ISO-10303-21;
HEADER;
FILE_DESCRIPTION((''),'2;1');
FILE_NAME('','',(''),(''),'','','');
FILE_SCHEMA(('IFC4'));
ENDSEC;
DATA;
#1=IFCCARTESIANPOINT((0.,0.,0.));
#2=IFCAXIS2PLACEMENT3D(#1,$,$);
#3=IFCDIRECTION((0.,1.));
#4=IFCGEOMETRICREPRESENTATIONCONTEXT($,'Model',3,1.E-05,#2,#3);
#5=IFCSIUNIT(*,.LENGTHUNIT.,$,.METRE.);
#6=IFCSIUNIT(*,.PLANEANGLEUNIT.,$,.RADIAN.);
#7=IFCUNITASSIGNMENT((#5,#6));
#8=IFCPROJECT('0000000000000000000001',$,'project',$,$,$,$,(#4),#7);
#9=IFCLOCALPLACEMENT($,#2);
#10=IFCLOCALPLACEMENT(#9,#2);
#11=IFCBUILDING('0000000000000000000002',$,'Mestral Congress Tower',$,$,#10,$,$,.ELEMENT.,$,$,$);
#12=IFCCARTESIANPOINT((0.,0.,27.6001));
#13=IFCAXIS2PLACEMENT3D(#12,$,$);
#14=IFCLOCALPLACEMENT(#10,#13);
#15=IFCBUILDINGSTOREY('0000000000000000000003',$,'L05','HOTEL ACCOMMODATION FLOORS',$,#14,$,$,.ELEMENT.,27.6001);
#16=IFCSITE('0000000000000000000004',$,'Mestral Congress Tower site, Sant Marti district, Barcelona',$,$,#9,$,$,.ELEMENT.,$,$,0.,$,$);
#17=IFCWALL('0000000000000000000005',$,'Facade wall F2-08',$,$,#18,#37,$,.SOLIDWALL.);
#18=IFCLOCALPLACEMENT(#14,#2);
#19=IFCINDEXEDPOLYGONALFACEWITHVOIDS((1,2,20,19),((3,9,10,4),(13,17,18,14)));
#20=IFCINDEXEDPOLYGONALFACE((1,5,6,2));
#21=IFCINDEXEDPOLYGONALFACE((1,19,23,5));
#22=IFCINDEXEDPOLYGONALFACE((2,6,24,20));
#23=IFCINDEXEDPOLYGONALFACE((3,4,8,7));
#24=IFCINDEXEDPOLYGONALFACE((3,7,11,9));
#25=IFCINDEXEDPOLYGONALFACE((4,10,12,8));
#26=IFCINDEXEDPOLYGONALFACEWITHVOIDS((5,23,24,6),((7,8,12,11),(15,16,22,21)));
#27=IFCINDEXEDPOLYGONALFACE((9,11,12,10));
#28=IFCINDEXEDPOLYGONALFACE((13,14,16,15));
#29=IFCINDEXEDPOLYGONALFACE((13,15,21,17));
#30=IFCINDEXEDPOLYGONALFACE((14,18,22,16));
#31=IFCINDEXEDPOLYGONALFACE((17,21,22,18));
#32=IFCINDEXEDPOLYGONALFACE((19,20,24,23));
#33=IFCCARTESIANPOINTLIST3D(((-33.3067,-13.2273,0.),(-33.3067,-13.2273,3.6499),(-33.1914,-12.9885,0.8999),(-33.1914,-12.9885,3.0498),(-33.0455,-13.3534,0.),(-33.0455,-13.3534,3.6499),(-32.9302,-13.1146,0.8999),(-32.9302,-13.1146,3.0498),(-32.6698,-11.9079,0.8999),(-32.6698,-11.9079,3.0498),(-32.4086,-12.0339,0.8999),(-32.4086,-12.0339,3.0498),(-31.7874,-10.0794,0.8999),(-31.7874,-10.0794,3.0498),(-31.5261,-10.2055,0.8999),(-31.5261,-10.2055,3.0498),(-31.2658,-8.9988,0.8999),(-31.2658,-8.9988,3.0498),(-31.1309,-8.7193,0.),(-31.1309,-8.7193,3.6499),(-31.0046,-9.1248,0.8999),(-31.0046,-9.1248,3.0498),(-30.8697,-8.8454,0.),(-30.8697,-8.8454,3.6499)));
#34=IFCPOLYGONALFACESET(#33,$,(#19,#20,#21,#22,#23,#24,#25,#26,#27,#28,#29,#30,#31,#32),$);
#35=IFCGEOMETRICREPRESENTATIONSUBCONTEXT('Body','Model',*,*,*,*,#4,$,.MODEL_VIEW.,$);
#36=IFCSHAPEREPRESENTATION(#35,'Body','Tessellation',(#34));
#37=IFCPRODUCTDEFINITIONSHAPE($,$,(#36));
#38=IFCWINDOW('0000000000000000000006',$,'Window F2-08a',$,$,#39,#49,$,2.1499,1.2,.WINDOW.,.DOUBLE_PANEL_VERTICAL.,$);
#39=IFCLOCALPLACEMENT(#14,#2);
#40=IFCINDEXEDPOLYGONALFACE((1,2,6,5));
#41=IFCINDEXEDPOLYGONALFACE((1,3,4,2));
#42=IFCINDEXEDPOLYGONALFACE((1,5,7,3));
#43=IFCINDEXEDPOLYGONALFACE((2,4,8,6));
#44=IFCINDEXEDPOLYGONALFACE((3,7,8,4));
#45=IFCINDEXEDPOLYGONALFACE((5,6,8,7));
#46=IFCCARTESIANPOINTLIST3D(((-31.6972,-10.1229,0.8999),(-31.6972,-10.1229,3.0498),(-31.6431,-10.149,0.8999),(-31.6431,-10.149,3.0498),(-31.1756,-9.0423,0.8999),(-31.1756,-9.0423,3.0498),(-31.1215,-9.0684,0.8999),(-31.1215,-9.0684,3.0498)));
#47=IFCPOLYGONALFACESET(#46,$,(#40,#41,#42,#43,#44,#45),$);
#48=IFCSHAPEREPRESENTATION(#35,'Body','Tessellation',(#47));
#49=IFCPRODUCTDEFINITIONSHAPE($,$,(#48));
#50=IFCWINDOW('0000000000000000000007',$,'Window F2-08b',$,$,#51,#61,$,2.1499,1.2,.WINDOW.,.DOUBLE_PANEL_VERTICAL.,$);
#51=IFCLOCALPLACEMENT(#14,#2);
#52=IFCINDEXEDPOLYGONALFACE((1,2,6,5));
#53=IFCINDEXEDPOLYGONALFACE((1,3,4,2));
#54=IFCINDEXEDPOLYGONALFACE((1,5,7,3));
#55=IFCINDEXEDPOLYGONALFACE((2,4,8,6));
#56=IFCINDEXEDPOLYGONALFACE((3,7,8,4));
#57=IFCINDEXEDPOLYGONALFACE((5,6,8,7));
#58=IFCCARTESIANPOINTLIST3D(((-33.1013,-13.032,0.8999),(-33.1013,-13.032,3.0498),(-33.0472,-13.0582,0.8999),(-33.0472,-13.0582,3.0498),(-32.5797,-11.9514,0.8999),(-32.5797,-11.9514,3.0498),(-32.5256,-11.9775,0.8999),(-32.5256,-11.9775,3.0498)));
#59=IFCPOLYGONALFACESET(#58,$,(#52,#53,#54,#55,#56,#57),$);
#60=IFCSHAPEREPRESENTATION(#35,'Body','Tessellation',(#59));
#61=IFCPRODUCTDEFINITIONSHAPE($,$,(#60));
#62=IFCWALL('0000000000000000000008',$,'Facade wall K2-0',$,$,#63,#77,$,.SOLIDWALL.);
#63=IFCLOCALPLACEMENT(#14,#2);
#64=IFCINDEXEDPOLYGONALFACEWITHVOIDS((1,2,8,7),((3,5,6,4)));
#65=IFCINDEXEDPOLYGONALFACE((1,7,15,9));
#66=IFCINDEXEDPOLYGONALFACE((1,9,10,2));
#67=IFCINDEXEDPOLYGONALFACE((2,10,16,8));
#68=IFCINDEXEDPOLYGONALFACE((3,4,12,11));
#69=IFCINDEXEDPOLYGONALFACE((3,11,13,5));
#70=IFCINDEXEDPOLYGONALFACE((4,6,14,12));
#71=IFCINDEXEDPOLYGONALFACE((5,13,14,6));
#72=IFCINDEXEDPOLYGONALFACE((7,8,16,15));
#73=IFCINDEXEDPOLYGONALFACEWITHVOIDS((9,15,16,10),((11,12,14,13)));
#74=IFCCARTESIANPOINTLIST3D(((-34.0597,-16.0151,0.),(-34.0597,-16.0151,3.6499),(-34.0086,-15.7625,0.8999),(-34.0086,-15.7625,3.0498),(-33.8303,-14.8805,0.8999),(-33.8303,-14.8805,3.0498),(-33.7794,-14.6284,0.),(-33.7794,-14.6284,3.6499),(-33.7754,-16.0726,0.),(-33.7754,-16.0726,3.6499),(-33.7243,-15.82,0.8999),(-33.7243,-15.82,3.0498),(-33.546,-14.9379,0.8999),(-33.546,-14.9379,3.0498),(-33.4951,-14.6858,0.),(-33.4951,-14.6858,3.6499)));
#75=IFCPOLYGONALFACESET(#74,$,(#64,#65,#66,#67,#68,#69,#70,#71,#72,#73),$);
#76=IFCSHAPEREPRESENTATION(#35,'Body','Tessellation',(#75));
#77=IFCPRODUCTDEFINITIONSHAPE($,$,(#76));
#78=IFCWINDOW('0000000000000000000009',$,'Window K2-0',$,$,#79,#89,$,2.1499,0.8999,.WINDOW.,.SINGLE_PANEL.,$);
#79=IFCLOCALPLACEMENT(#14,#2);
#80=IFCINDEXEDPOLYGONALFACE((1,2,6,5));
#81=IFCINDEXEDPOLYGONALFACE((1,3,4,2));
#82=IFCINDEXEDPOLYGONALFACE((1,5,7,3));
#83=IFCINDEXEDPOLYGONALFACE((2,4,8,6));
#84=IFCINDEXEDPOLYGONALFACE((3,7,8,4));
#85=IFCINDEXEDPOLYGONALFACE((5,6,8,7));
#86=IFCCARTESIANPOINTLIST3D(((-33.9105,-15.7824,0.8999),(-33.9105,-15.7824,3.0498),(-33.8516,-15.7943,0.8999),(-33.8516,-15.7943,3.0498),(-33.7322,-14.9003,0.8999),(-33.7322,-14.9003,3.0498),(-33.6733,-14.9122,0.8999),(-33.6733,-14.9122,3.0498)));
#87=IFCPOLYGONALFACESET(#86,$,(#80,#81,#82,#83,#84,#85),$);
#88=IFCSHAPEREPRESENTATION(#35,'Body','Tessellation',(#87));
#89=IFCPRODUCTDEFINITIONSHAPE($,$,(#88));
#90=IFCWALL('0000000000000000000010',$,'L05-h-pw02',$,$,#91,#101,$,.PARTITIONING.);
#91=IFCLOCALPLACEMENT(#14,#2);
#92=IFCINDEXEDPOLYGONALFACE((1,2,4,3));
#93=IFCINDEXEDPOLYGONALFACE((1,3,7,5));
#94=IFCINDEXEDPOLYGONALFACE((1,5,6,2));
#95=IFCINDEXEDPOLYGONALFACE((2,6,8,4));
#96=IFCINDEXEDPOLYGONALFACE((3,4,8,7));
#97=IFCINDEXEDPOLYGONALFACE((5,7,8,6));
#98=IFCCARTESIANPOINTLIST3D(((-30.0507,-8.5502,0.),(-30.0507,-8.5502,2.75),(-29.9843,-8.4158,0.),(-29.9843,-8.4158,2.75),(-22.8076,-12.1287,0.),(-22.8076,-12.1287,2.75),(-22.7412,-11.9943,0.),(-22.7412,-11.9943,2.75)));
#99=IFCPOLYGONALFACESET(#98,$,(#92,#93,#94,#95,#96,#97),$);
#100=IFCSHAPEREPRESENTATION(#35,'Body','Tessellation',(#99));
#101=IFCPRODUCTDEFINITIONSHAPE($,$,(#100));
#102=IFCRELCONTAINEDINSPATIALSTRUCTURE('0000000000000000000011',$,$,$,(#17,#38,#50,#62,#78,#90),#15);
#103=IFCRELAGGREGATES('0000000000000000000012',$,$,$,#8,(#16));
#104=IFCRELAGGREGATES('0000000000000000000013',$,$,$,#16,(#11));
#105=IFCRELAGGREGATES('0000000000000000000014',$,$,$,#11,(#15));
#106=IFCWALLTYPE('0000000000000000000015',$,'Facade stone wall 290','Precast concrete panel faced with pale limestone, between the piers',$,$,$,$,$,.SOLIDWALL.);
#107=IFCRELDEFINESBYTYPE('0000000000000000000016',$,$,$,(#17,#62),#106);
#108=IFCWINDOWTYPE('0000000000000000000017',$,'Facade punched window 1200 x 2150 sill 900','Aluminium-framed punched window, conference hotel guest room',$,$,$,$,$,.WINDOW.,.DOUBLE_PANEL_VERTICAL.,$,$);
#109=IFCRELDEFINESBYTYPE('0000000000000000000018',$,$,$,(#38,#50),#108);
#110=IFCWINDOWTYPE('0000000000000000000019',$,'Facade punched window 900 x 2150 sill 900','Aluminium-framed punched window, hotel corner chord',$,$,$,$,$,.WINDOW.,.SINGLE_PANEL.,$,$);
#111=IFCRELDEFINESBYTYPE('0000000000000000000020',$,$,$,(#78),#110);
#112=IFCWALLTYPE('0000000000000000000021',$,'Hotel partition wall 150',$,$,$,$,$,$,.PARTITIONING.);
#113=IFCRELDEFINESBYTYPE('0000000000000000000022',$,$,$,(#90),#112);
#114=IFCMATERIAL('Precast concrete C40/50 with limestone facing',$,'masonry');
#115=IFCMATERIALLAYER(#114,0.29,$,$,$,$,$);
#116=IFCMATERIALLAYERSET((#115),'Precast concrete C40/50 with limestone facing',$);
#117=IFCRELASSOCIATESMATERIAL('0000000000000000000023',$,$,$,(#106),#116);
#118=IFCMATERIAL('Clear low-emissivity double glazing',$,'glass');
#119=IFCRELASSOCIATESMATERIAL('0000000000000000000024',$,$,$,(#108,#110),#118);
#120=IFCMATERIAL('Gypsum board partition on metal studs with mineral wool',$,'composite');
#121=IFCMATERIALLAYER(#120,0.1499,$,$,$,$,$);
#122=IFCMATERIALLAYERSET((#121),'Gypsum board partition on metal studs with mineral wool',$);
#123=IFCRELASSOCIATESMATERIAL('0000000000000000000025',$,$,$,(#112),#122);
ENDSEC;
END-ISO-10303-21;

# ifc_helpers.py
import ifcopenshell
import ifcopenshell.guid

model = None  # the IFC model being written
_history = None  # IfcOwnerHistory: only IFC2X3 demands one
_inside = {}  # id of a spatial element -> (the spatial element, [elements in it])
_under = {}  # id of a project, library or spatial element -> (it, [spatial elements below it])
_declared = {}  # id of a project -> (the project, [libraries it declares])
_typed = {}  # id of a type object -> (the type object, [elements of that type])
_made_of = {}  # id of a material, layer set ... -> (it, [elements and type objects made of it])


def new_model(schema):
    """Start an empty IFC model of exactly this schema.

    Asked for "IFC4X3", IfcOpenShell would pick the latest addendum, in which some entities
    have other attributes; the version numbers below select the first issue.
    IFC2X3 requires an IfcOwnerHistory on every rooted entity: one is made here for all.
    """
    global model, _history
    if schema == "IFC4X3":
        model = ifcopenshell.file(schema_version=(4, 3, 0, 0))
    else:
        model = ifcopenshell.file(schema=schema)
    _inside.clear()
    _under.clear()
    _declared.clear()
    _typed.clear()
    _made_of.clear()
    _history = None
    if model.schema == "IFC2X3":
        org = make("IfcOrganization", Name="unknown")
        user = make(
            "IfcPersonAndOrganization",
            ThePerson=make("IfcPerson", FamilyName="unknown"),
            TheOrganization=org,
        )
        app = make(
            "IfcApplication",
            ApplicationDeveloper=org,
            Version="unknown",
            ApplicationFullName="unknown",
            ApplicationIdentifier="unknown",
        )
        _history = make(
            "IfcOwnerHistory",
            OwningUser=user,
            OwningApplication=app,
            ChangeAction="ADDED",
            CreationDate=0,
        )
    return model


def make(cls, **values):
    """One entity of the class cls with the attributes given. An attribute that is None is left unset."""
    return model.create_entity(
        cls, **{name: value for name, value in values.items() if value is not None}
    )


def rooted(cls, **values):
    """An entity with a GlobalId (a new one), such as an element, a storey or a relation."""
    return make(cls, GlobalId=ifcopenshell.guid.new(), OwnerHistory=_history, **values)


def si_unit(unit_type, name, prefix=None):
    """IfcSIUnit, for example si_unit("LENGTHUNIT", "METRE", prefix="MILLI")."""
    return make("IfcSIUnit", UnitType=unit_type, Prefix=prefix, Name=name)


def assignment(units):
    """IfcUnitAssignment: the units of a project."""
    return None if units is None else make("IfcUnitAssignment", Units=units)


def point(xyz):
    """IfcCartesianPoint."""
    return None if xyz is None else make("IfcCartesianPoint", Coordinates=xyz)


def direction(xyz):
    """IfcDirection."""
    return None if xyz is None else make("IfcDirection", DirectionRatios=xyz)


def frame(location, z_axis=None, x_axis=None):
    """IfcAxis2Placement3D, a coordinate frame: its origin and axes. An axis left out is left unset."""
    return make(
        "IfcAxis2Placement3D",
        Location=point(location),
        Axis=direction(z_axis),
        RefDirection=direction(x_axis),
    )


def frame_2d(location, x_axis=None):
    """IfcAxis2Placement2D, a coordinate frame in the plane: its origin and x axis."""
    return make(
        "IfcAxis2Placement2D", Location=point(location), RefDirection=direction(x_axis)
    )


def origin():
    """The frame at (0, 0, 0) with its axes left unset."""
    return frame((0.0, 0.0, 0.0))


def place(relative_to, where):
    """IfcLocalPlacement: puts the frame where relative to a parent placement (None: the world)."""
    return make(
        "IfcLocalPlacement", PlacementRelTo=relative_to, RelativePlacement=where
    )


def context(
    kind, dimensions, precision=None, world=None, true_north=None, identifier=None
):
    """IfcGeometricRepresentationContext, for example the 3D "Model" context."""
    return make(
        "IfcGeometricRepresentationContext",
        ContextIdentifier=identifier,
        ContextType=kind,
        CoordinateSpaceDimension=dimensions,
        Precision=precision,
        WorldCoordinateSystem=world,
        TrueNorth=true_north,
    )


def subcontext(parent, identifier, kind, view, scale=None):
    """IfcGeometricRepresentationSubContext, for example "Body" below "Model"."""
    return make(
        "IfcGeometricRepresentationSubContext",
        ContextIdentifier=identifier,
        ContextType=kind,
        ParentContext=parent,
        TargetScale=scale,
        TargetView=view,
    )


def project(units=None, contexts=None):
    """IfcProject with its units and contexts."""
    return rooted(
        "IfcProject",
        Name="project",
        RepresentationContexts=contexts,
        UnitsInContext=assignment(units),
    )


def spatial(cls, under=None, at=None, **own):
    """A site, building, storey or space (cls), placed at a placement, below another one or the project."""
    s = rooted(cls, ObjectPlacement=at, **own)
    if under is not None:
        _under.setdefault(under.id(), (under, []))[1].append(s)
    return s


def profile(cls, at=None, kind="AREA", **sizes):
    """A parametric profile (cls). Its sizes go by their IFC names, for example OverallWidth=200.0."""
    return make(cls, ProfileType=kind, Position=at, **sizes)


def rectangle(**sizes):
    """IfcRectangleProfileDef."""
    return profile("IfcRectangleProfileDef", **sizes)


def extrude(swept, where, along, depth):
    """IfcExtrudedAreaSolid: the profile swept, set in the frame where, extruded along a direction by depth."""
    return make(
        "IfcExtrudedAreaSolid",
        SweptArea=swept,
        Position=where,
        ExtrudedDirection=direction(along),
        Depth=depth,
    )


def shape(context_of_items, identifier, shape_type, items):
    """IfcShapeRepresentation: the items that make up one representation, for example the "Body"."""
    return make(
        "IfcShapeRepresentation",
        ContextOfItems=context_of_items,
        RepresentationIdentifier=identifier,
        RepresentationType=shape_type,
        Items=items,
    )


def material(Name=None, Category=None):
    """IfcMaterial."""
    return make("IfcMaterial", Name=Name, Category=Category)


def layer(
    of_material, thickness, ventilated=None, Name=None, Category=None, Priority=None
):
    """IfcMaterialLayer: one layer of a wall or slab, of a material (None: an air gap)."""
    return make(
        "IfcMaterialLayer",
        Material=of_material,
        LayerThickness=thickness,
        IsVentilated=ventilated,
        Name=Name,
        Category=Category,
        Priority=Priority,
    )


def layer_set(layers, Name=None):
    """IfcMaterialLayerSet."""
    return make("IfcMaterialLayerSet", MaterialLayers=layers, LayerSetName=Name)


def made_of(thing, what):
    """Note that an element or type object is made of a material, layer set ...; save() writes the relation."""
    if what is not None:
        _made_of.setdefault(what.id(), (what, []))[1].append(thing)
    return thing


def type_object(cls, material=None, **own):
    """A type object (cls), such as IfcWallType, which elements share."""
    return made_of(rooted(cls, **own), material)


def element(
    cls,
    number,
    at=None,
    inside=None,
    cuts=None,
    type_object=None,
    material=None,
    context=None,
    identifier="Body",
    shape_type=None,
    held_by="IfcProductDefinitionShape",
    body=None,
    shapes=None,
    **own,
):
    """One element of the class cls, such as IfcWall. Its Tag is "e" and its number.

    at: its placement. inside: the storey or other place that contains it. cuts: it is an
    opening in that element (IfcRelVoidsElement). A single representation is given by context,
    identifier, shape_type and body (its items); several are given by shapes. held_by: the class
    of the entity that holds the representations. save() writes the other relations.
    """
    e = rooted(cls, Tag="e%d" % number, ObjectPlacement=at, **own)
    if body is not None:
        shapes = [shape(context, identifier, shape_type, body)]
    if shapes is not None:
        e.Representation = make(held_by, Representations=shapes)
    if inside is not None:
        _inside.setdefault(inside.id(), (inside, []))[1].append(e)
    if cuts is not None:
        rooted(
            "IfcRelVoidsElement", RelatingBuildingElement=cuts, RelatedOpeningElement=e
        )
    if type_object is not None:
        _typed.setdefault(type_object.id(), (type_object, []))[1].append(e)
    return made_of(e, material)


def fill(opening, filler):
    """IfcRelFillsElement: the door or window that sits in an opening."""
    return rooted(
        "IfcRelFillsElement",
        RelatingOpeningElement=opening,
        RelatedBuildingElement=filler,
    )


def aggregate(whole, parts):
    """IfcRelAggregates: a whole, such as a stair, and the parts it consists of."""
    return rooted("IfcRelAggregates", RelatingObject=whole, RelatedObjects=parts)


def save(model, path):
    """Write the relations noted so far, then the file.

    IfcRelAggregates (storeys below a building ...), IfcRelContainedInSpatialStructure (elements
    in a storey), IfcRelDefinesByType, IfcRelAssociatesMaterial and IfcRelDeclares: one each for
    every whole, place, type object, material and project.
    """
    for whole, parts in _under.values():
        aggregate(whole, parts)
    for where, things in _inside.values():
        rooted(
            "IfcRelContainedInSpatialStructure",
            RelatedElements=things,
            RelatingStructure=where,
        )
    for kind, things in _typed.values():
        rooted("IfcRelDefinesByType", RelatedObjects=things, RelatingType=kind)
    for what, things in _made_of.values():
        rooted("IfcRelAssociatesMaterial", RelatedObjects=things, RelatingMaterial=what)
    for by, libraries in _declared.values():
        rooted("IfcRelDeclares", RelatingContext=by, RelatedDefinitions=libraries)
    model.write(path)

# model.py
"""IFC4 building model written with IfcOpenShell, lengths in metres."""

from ifc_helpers import new_model, si_unit, direction, frame, frame_2d, origin, place, context, subcontext, project, spatial, rectangle, extrude, material, layer, layer_set, type_object, element, fill, save


model = new_model("IFC4")

# Units and contexts
model_context = context("Model", 3, precision=1e-05, world=origin(), true_north=direction((0.0, 1.0)))
body_context = subcontext(model_context, "Body", "Model", "MODEL_VIEW")
ifc_project = project(units=[si_unit("LENGTHUNIT", "METRE"), si_unit("PLANEANGLEUNIT", "RADIAN")], contexts=[model_context])

# Site, building, storey
site_placement = place(None, origin())
site = spatial("IfcSite", under=ifc_project, at=site_placement, Name="Mestral Congress Tower site, Sant Marti district, Barcelona", CompositionType="ELEMENT", RefElevation=0.0)
building_placement = place(site_placement, origin())
building = spatial("IfcBuilding", under=site, at=building_placement, Name="Mestral Congress Tower", CompositionType="ELEMENT")
storey_placement = place(building_placement, frame((0.0, 0.0, 27.6001)))
storey = spatial("IfcBuildingStorey", under=building, at=storey_placement, Name="L05", Description="HOTEL ACCOMMODATION FLOORS", CompositionType="ELEMENT", Elevation=27.6001)

# Wall, openings, windows
ifc_material_1 = material(Name="Precast concrete C40/50 with limestone facing", Category="masonry")
ifc_layer_1 = layer(ifc_material_1, 0.29)
ifc_layer_set_1 = layer_set([ifc_layer_1], Name="Precast concrete C40/50 with limestone facing")
wall_type_1 = type_object("IfcWallType", Name="Facade stone wall 290", Description="Precast concrete panel faced with pale limestone, between the piers", PredefinedType="SOLIDWALL", material=ifc_layer_set_1)
wall_1_placement = place(storey_placement, frame((-31.0002, -8.7822, 0.0), z_axis=(0.0, 0.0, 1.0), x_axis=(-0.434664, -0.900592, 0.0)))
wall_1 = element("IfcWall", 1, at=wall_1_placement, inside=storey, type_object=wall_type_1, Name="Facade wall F2-08", PredefinedType="SOLIDWALL", context=body_context, shape_type="SweptSolid", body=[
    extrude(rectangle(XDim=5.0056, YDim=0.29, at=frame_2d((2.5029, 0.0))), origin(), (0.0, 0.0, 1.0), 3.6499),
])
opening_1_placement = place(wall_1_placement, frame((0.3103, 0.0, 0.8999)))
opening_1 = element("IfcOpeningElement", 2, at=opening_1_placement, cuts=wall_1, PredefinedType="OPENING", context=body_context, shape_type="SweptSolid", body=[
    extrude(rectangle(XDim=1.2, YDim=2.1499, at=frame_2d((0.6001, 1.075))), frame((0.0, 0.155, 0.0), z_axis=(0.0, -1.0, 0.0), x_axis=(1.0, 0.0, 0.0)), (0.0, 0.0, 1.0), 0.3101),
])
opening_2_placement = place(wall_1_placement, frame((3.5405, 0.0, 0.8999)))
opening_2 = element("IfcOpeningElement", 3, at=opening_2_placement, cuts=wall_1, PredefinedType="OPENING", context=body_context, shape_type="SweptSolid", body=[
    extrude(rectangle(XDim=1.2, YDim=2.1499, at=frame_2d((0.6001, 1.075))), frame((0.0, 0.155, 0.0), z_axis=(0.0, -1.0, 0.0), x_axis=(1.0, 0.0, 0.0)), (0.0, 0.0, 1.0), 0.3101),
])
ifc_material_2 = material(Name="Clear low-emissivity double glazing", Category="glass")
window_type_1 = type_object("IfcWindowType", Name="Facade punched window 1200 x 2150 sill 900", Description="Aluminium-framed punched window, conference hotel guest room", PartitioningType="DOUBLE_PANEL_VERTICAL", PredefinedType="WINDOW", material=ifc_material_2)
window_1_placement = place(opening_1_placement, origin())
window_1 = element("IfcWindow", 4, at=window_1_placement, inside=storey, type_object=window_type_1, Name="Window F2-08a", OverallHeight=2.1499, OverallWidth=1.2, PartitioningType="DOUBLE_PANEL_VERTICAL", PredefinedType="WINDOW", context=body_context, shape_type="SweptSolid", body=[
    extrude(rectangle(XDim=1.2, YDim=2.1499, at=frame_2d((0.6001, 1.075))), frame((0.0, 0.0151, 0.0), z_axis=(0.0, -1.0, 0.0), x_axis=(1.0, 0.0, 0.0)), (0.0, 0.0, 1.0), 0.0601),
])
fill(opening_1, window_1)
window_2_placement = place(opening_2_placement, origin())
window_2 = element("IfcWindow", 5, at=window_2_placement, inside=storey, type_object=window_type_1, Name="Window F2-08b", OverallHeight=2.1499, OverallWidth=1.2, PartitioningType="DOUBLE_PANEL_VERTICAL", PredefinedType="WINDOW", context=body_context, shape_type="SweptSolid", body=[
    extrude(rectangle(XDim=1.2, YDim=2.1499, at=frame_2d((0.6001, 1.075))), frame((0.0, 0.0151, 0.0), z_axis=(0.0, -1.0, 0.0), x_axis=(1.0, 0.0, 0.0)), (0.0, 0.0, 1.0), 0.0601),
])
fill(opening_2, window_2)

# Wall, opening, window
wall_2_placement = place(storey_placement, frame((-33.6372, -14.657, 0.0), z_axis=(0.0, 0.0, 1.0), x_axis=(-0.198107, -0.98018, 0.0)))
wall_2 = element("IfcWall", 6, at=wall_2_placement, inside=storey, type_object=wall_type_1, Name="Facade wall K2-0", PredefinedType="SOLIDWALL", context=body_context, shape_type="SweptSolid", body=[
    extrude(rectangle(XDim=1.4148, YDim=0.29, at=frame_2d((0.7075, 0.0))), origin(), (0.0, 0.0, 1.0), 3.6499),
])
opening_3_placement = place(wall_2_placement, frame((0.2573, 0.0, 0.8999)))
opening_3 = element("IfcOpeningElement", 7, at=opening_3_placement, cuts=wall_2, PredefinedType="OPENING", context=body_context, shape_type="SweptSolid", body=[
    extrude(rectangle(XDim=0.8999, YDim=2.1499, at=frame_2d((0.45, 1.075))), frame((0.0, 0.155, 0.0), z_axis=(0.0, -1.0, 0.0), x_axis=(1.0, 0.0, 0.0)), (0.0, 0.0, 1.0), 0.3101),
])
window_type_2 = type_object("IfcWindowType", Name="Facade punched window 900 x 2150 sill 900", Description="Aluminium-framed punched window, hotel corner chord", PartitioningType="SINGLE_PANEL", PredefinedType="WINDOW", material=ifc_material_2)
window_3_placement = place(opening_3_placement, origin())
window_3 = element("IfcWindow", 8, at=window_3_placement, inside=storey, type_object=window_type_2, Name="Window K2-0", OverallHeight=2.1499, OverallWidth=0.8999, PartitioningType="SINGLE_PANEL", PredefinedType="WINDOW", context=body_context, shape_type="SweptSolid", body=[
    extrude(rectangle(XDim=0.8999, YDim=2.1499, at=frame_2d((0.45, 1.075))), frame((0.0, 0.0151, 0.0), z_axis=(0.0, -1.0, 0.0), x_axis=(1.0, 0.0, 0.0)), (0.0, 0.0, 1.0), 0.0601),
])
fill(opening_3, window_3)

# Wall
ifc_material_3 = material(Name="Gypsum board partition on metal studs with mineral wool", Category="composite")
ifc_layer_2 = layer(ifc_material_3, 0.1499)
ifc_layer_set_2 = layer_set([ifc_layer_2], Name="Gypsum board partition on metal studs with mineral wool")
wall_type_2 = type_object("IfcWallType", Name="Hotel partition wall 150", PredefinedType="PARTITIONING", material=ifc_layer_set_2)
wall_3_placement = place(storey_placement, frame((-30.0176, -8.4829, 0.0), z_axis=(0.0, 0.0, 1.0), x_axis=(0.896545, -0.442954, 0.0)))
element("IfcWall", 9, at=wall_3_placement, inside=storey, type_object=wall_type_2, Name="L05-h-pw02", PredefinedType="PARTITIONING", context=body_context, shape_type="SweptSolid", body=[
    extrude(rectangle(XDim=8.0789, YDim=0.1499, at=frame_2d((4.0396, 0.0))), origin(), (0.0, 0.0, 1.0), 2.75),
])

save(model, "model.ifc")
